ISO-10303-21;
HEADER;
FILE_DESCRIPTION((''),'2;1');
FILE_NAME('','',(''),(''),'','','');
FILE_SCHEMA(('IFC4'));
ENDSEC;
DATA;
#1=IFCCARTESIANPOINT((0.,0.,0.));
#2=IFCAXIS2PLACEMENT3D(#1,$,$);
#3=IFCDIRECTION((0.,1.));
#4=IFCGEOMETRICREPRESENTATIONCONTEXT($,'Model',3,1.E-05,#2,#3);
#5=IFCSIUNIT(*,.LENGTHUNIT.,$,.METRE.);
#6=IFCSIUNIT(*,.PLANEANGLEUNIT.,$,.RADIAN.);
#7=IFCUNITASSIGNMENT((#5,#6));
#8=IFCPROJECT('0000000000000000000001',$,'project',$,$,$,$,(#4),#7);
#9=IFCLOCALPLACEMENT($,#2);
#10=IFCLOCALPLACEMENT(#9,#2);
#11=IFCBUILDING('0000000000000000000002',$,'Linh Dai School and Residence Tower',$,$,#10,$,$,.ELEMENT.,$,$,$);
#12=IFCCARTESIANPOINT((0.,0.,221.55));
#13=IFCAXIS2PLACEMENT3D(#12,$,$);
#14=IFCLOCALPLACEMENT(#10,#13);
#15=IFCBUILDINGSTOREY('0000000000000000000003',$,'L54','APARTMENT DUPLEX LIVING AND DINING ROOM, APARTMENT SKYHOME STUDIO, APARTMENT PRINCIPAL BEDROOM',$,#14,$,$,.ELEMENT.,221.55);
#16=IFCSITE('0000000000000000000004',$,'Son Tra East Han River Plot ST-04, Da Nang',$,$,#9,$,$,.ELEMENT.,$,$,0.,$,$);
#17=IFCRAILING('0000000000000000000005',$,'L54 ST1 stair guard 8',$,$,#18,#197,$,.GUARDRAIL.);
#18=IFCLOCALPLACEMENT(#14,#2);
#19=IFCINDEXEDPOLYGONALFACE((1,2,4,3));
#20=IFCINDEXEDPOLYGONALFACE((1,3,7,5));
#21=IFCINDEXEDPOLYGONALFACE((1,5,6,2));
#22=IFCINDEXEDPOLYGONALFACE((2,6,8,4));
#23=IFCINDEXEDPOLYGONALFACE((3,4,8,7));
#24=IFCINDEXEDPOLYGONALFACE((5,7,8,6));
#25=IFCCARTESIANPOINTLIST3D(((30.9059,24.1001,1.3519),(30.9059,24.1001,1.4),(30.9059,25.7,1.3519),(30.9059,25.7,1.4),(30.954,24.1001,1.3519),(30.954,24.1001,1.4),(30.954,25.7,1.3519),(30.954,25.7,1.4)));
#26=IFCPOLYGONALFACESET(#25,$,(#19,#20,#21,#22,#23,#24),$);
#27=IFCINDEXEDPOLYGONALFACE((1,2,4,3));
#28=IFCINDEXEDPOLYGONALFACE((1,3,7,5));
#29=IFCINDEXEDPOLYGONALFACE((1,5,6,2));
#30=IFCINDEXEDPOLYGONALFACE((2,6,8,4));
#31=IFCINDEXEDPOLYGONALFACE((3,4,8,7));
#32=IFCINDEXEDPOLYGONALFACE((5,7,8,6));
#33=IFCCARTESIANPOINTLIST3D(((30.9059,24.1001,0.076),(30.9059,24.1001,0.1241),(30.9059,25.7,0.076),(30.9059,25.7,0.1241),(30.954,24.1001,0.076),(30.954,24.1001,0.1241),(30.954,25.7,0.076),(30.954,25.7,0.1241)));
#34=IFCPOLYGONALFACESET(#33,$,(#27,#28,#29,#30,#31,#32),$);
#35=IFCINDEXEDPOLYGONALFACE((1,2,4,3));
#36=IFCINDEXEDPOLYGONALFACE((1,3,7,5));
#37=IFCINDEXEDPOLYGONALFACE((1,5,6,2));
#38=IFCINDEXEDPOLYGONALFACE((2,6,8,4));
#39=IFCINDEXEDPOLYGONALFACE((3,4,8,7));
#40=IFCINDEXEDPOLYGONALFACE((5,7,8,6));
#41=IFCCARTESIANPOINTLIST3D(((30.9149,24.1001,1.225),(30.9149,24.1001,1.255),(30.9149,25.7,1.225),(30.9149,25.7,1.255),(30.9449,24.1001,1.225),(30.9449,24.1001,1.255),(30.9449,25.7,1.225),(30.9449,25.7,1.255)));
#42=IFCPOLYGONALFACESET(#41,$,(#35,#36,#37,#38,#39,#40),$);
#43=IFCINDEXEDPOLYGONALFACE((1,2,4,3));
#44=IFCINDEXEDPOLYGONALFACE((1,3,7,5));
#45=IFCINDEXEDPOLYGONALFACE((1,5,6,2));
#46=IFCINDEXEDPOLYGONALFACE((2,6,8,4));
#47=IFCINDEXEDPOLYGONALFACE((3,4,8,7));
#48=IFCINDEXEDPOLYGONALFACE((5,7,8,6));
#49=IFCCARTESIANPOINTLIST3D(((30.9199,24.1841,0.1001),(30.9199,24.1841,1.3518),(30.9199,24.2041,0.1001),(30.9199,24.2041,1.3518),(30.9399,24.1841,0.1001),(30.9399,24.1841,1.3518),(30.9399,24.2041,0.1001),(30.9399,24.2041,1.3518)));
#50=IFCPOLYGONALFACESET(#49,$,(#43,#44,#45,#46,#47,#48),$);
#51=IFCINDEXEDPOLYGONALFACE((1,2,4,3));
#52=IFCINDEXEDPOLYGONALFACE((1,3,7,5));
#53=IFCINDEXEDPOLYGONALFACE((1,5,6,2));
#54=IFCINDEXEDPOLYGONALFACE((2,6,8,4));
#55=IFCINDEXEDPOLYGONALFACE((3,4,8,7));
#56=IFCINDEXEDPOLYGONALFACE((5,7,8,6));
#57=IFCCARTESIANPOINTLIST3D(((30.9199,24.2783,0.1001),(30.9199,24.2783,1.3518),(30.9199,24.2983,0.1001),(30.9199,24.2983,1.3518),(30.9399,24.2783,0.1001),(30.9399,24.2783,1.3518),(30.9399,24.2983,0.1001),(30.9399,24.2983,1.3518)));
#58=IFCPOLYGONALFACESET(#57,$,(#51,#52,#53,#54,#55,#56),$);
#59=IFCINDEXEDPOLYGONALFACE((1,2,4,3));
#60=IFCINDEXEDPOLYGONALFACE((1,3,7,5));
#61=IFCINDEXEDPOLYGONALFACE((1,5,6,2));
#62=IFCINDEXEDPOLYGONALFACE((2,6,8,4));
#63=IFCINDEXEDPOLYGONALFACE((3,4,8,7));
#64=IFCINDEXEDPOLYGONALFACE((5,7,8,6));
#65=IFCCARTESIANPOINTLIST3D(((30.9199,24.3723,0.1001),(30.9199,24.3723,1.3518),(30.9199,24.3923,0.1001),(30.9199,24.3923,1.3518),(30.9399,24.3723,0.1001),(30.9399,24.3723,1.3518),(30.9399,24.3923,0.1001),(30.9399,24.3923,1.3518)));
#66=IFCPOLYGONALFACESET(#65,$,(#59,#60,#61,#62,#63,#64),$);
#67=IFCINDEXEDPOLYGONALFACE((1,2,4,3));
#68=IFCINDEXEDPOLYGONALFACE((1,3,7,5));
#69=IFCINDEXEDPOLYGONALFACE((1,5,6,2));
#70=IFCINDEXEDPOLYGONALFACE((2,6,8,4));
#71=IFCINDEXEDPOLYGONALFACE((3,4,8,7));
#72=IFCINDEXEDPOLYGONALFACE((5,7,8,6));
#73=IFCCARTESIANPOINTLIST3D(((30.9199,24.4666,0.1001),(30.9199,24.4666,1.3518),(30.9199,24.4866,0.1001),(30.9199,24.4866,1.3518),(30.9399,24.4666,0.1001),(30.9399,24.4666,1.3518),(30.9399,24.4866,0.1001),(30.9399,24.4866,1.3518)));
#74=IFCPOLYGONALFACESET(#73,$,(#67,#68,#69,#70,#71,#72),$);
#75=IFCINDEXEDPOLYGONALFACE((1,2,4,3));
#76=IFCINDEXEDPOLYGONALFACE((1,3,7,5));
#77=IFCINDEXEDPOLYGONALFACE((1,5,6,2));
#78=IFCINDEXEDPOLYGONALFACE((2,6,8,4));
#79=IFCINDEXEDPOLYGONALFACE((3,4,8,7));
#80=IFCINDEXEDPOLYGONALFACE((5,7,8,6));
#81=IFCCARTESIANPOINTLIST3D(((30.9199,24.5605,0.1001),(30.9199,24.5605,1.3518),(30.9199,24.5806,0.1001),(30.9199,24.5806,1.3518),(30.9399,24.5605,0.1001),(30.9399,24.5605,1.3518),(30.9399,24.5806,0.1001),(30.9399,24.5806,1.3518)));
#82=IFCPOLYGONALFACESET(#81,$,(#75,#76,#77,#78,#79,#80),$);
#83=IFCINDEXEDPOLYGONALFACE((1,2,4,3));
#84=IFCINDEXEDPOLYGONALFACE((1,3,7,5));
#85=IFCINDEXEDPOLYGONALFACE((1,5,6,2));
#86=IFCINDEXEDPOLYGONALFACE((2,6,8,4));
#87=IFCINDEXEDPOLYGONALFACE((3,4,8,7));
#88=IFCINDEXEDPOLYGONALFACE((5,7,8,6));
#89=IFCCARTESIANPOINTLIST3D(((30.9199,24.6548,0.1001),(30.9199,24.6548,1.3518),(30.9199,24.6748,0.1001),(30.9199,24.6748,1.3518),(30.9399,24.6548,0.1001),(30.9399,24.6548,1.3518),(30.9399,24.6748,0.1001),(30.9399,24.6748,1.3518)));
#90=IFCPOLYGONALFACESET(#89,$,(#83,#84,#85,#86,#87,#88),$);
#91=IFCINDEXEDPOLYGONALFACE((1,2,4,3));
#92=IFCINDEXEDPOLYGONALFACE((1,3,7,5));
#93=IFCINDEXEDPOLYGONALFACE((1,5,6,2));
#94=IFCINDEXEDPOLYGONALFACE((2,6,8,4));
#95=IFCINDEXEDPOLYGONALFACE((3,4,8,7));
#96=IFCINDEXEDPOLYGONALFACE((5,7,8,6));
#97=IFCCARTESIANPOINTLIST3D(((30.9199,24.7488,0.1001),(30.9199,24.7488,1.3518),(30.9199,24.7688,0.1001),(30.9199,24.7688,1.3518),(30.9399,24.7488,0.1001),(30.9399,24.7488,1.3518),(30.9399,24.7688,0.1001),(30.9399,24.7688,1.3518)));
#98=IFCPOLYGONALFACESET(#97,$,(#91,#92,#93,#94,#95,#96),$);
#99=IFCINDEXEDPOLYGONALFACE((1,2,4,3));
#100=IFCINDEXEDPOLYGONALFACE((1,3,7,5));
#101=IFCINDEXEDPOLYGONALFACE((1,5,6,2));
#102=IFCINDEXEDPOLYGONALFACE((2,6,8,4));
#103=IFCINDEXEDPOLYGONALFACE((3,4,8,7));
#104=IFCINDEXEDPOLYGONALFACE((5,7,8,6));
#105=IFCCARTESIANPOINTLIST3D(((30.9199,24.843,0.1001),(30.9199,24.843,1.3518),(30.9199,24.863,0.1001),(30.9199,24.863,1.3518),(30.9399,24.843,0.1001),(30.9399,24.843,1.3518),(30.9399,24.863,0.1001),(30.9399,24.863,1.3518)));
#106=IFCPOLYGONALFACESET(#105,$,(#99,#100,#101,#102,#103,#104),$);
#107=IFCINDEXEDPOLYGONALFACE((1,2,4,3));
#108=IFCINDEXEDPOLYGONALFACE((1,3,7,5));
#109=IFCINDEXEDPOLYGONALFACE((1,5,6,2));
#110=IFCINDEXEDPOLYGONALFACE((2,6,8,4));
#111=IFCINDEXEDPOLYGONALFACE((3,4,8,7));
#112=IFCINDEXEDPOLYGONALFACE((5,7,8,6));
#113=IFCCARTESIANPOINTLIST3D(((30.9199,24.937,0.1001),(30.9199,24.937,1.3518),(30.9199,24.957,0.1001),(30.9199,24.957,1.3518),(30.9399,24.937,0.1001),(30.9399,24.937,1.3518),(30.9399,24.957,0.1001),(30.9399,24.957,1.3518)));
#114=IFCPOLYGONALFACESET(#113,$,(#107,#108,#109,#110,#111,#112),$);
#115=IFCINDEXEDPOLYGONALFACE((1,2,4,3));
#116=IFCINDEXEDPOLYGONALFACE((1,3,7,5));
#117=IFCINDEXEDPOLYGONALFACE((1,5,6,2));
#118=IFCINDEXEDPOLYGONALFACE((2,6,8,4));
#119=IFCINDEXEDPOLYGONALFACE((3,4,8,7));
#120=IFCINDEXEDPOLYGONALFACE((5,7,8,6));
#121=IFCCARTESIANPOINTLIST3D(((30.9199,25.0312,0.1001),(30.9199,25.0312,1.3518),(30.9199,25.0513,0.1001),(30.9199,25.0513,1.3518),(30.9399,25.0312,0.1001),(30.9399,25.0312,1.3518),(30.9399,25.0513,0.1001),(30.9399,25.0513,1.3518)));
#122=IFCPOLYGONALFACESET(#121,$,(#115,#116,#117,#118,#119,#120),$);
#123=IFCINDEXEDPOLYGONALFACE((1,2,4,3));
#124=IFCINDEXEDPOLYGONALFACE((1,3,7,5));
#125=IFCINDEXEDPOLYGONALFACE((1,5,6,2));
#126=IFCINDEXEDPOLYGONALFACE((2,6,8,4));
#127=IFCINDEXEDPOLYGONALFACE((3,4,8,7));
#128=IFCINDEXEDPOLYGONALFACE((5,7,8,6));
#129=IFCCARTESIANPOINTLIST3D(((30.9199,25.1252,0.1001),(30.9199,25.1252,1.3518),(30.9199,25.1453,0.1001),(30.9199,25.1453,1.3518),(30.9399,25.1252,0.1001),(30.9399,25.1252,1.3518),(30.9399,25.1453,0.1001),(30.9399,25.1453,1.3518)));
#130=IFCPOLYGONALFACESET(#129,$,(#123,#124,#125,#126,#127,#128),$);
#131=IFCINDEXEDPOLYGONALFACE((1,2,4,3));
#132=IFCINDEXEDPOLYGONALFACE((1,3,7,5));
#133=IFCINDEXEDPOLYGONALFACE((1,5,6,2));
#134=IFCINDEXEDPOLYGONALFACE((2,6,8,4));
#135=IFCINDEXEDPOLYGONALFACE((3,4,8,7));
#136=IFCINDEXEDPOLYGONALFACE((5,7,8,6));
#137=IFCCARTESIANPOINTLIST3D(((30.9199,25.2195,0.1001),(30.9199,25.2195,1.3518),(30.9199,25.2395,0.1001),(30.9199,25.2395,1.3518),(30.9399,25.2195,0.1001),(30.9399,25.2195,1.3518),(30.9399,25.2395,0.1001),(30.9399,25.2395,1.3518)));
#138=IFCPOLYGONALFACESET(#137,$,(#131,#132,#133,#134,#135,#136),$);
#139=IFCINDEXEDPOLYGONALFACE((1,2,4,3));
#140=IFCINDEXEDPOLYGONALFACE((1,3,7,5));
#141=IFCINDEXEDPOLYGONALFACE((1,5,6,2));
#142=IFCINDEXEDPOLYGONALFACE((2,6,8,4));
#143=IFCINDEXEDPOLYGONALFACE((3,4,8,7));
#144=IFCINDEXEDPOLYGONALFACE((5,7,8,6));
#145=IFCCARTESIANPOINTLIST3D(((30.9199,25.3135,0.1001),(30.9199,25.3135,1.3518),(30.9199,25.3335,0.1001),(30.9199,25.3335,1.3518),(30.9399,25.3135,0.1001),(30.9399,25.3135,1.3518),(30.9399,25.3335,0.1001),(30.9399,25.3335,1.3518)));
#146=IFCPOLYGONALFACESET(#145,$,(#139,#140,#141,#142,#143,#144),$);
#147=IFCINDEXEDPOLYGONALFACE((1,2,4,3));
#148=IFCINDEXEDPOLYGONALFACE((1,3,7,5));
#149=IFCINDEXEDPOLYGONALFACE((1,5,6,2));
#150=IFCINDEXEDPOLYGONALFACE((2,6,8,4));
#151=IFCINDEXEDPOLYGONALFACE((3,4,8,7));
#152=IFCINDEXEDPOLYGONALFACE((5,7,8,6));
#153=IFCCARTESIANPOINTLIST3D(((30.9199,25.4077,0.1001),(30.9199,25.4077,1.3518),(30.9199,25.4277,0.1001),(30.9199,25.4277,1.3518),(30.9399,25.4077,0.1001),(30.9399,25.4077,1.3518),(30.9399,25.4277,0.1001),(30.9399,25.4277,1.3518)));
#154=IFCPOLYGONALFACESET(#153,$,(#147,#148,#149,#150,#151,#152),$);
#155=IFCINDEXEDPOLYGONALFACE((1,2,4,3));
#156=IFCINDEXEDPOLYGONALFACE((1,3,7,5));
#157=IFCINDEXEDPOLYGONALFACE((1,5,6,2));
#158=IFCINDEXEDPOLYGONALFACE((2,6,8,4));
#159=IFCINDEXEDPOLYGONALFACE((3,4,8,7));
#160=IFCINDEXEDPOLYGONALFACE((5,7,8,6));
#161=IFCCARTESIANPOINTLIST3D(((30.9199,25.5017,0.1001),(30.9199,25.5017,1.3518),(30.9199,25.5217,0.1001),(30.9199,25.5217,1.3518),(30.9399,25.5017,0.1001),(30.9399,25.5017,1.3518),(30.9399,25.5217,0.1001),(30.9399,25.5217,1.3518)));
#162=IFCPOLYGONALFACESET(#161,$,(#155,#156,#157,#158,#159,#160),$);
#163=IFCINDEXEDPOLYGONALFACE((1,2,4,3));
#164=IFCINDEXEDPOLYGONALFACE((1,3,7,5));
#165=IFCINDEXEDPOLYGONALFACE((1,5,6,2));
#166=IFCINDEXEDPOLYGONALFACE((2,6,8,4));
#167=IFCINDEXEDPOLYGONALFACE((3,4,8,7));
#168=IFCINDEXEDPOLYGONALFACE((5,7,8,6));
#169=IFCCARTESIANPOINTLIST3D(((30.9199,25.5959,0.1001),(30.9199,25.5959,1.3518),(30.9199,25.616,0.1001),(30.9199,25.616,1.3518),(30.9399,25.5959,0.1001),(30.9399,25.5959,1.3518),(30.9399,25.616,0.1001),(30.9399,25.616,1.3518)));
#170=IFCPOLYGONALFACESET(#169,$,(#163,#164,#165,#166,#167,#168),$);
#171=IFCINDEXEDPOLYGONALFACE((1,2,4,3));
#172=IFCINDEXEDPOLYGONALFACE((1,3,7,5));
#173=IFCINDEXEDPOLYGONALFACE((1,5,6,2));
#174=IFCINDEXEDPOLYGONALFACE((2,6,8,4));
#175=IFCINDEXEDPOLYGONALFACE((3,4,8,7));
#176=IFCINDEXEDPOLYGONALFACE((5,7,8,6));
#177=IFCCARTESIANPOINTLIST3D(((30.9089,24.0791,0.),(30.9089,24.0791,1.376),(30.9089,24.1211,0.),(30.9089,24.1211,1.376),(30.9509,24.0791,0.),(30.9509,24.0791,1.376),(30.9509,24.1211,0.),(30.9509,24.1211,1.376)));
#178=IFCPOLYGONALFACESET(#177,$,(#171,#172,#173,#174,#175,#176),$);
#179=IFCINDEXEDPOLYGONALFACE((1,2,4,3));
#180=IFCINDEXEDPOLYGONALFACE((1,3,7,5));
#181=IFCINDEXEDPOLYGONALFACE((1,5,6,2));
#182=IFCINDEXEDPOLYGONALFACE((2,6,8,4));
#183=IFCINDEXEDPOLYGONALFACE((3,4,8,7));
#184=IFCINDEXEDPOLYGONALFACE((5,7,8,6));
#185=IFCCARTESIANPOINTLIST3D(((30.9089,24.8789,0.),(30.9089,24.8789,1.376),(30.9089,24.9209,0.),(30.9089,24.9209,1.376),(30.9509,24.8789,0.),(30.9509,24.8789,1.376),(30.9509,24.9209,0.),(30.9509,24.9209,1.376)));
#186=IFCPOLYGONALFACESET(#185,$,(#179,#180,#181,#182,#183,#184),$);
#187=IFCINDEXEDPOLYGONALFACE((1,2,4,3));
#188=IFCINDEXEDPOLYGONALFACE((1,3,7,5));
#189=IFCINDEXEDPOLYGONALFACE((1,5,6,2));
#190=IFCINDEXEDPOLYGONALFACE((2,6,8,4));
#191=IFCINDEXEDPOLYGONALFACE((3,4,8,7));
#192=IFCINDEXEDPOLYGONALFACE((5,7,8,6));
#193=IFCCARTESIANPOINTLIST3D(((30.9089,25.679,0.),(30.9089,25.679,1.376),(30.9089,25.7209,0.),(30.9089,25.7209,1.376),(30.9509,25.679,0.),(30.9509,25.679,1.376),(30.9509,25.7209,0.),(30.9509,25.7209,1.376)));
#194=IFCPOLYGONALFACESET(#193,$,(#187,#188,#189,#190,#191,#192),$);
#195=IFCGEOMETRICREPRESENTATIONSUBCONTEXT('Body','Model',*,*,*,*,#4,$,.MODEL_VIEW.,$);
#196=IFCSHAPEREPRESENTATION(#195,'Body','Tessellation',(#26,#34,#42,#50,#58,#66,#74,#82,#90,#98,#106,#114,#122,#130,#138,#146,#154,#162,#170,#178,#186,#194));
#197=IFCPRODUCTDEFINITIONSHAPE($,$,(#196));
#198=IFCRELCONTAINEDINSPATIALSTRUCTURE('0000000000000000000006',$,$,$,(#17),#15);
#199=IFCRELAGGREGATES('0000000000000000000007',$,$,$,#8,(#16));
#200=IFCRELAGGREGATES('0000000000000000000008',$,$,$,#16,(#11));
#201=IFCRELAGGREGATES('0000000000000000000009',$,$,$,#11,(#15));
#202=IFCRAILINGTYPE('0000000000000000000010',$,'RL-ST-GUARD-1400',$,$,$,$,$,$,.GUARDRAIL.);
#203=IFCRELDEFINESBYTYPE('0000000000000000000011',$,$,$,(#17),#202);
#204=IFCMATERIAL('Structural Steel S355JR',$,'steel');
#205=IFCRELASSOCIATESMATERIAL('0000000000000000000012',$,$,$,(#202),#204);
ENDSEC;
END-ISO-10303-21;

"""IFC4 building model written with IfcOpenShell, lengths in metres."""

from ifc_helpers import new_model, si_unit, direction, frame, origin, origin_2d, place, context, subcontext, project, spatial, rectangle, extrude, source, transform, mapped, material, type_object, element, save


model = new_model("IFC4")

# Units and contexts
model_context = context("Model", 3, precision=1e-05, world=origin(), true_north=direction((0.0, 1.0)))
body_context = subcontext(model_context, "Body", "Model", "MODEL_VIEW")
ifc_project = project(units=[si_unit("LENGTHUNIT", "METRE"), si_unit("PLANEANGLEUNIT", "RADIAN")], contexts=[model_context])

# Site, building, storey
site_placement = place(None, origin())
site = spatial("IfcSite", under=ifc_project, at=site_placement, Name="Son Tra East Han River Plot ST-04, Da Nang", CompositionType="ELEMENT", RefElevation=0.0)
building_placement = place(site_placement, origin())
building = spatial("IfcBuilding", under=site, at=building_placement, Name="Linh Dai School and Residence Tower", CompositionType="ELEMENT")
storey_placement = place(building_placement, frame((0.0, 0.0, 221.55)))
storey = spatial("IfcBuildingStorey", under=building, at=storey_placement, Name="L54", Description="APARTMENT DUPLEX LIVING AND DINING ROOM, APARTMENT SKYHOME STUDIO, APARTMENT PRINCIPAL BEDROOM", CompositionType="ELEMENT", Elevation=221.55)

# Shared definitions
ifc_material_1 = material(Name="Structural Steel S355JR", Category="steel")

# Railing
railing_type = type_object("IfcRailingType", Name="RL-ST-GUARD-1400", PredefinedType="GUARDRAIL", material=ifc_material_1)
shared_shape_1 = source(origin(), body_context, "Body", "SweptSolid", [
    extrude(rectangle(XDim=0.0481, YDim=0.0481, at=origin_2d()), frame((0.0, 0.0, 1.376), z_axis=(0.0, 1.0, 0.0), x_axis=(-1.0, 0.0, 0.0)), (0.0, 0.0, 1.0), 1.5999),
    extrude(rectangle(XDim=0.0481, YDim=0.0481, at=origin_2d()), frame((0.0, 0.0, 0.1001), z_axis=(0.0, 1.0, 0.0), x_axis=(-1.0, 0.0, 0.0)), (0.0, 0.0, 1.0), 1.5999),
    extrude(rectangle(XDim=0.03, YDim=0.03, at=origin_2d()), frame((0.0, 0.0, 1.24), z_axis=(0.0, 1.0, 0.0), x_axis=(-1.0, 0.0, 0.0)), (0.0, 0.0, 1.0), 1.5999),
    extrude(rectangle(XDim=0.02, YDim=0.02, at=origin_2d()), frame((0.0, 0.094, 0.1001)), (0.0, 0.0, 1.0), 1.2517),
    extrude(rectangle(XDim=0.02, YDim=0.02, at=origin_2d()), frame((0.0, 0.1882, 0.1001)), (0.0, 0.0, 1.0), 1.2517),
    extrude(rectangle(XDim=0.02, YDim=0.02, at=origin_2d()), frame((0.0, 0.2822, 0.1001)), (0.0, 0.0, 1.0), 1.2517),
    extrude(rectangle(XDim=0.02, YDim=0.02, at=origin_2d()), frame((0.0, 0.3765, 0.1001)), (0.0, 0.0, 1.0), 1.2517),
    extrude(rectangle(XDim=0.02, YDim=0.02, at=origin_2d()), frame((0.0, 0.4705, 0.1001)), (0.0, 0.0, 1.0), 1.2517),
    extrude(rectangle(XDim=0.02, YDim=0.02, at=origin_2d()), frame((0.0, 0.5647, 0.1001)), (0.0, 0.0, 1.0), 1.2517),
    extrude(rectangle(XDim=0.02, YDim=0.02, at=origin_2d()), frame((0.0, 0.6587, 0.1001)), (0.0, 0.0, 1.0), 1.2517),
    extrude(rectangle(XDim=0.02, YDim=0.02, at=origin_2d()), frame((0.0, 0.7529, 0.1001)), (0.0, 0.0, 1.0), 1.2517),
    extrude(rectangle(XDim=0.02, YDim=0.02, at=origin_2d()), frame((0.0, 0.8469, 0.1001)), (0.0, 0.0, 1.0), 1.2517),
    extrude(rectangle(XDim=0.02, YDim=0.02, at=origin_2d()), frame((0.0, 0.9412, 0.1001)), (0.0, 0.0, 1.0), 1.2517),
    extrude(rectangle(XDim=0.02, YDim=0.02, at=origin_2d()), frame((0.0, 1.0352, 0.1001)), (0.0, 0.0, 1.0), 1.2517),
    extrude(rectangle(XDim=0.02, YDim=0.02, at=origin_2d()), frame((0.0, 1.1294, 0.1001)), (0.0, 0.0, 1.0), 1.2517),
    extrude(rectangle(XDim=0.02, YDim=0.02, at=origin_2d()), frame((0.0, 1.2234, 0.1001)), (0.0, 0.0, 1.0), 1.2517),
    extrude(rectangle(XDim=0.02, YDim=0.02, at=origin_2d()), frame((0.0, 1.3176, 0.1001)), (0.0, 0.0, 1.0), 1.2517),
    extrude(rectangle(XDim=0.02, YDim=0.02, at=origin_2d()), frame((0.0, 1.4116, 0.1001)), (0.0, 0.0, 1.0), 1.2517),
    extrude(rectangle(XDim=0.02, YDim=0.02, at=origin_2d()), frame((0.0, 1.5059, 0.1001)), (0.0, 0.0, 1.0), 1.2517),
    extrude(rectangle(XDim=0.042, YDim=0.042, at=origin_2d()), origin(), (0.0, 0.0, 1.0), 1.376),
    extrude(rectangle(XDim=0.042, YDim=0.042, at=origin_2d()), frame((0.0, 0.7998, 0.0)), (0.0, 0.0, 1.0), 1.376),
    extrude(rectangle(XDim=0.042, YDim=0.042, at=origin_2d()), frame((0.0, 1.5999, 0.0)), (0.0, 0.0, 1.0), 1.376),
])
for number, where, name in (
    (1, (30.9299, 24.1001, 0.0), "L54 ST1 stair guard 8"),
):
    element("IfcRailing", number, at=place(storey_placement, frame(where)), inside=storey, type_object=railing_type, Name=name, PredefinedType="GUARDRAIL", context=body_context, shape_type="MappedRepresentation", body=[
        mapped(shared_shape_1, transform((0.0, 0.0, 0.0), x_axis=(1.0, 0.0, 0.0), y_axis=(0.0, 1.0, 0.0), z_axis=(0.0, 0.0, 1.0), scale=1.0)),
    ])

save(model, "model.ifc")
